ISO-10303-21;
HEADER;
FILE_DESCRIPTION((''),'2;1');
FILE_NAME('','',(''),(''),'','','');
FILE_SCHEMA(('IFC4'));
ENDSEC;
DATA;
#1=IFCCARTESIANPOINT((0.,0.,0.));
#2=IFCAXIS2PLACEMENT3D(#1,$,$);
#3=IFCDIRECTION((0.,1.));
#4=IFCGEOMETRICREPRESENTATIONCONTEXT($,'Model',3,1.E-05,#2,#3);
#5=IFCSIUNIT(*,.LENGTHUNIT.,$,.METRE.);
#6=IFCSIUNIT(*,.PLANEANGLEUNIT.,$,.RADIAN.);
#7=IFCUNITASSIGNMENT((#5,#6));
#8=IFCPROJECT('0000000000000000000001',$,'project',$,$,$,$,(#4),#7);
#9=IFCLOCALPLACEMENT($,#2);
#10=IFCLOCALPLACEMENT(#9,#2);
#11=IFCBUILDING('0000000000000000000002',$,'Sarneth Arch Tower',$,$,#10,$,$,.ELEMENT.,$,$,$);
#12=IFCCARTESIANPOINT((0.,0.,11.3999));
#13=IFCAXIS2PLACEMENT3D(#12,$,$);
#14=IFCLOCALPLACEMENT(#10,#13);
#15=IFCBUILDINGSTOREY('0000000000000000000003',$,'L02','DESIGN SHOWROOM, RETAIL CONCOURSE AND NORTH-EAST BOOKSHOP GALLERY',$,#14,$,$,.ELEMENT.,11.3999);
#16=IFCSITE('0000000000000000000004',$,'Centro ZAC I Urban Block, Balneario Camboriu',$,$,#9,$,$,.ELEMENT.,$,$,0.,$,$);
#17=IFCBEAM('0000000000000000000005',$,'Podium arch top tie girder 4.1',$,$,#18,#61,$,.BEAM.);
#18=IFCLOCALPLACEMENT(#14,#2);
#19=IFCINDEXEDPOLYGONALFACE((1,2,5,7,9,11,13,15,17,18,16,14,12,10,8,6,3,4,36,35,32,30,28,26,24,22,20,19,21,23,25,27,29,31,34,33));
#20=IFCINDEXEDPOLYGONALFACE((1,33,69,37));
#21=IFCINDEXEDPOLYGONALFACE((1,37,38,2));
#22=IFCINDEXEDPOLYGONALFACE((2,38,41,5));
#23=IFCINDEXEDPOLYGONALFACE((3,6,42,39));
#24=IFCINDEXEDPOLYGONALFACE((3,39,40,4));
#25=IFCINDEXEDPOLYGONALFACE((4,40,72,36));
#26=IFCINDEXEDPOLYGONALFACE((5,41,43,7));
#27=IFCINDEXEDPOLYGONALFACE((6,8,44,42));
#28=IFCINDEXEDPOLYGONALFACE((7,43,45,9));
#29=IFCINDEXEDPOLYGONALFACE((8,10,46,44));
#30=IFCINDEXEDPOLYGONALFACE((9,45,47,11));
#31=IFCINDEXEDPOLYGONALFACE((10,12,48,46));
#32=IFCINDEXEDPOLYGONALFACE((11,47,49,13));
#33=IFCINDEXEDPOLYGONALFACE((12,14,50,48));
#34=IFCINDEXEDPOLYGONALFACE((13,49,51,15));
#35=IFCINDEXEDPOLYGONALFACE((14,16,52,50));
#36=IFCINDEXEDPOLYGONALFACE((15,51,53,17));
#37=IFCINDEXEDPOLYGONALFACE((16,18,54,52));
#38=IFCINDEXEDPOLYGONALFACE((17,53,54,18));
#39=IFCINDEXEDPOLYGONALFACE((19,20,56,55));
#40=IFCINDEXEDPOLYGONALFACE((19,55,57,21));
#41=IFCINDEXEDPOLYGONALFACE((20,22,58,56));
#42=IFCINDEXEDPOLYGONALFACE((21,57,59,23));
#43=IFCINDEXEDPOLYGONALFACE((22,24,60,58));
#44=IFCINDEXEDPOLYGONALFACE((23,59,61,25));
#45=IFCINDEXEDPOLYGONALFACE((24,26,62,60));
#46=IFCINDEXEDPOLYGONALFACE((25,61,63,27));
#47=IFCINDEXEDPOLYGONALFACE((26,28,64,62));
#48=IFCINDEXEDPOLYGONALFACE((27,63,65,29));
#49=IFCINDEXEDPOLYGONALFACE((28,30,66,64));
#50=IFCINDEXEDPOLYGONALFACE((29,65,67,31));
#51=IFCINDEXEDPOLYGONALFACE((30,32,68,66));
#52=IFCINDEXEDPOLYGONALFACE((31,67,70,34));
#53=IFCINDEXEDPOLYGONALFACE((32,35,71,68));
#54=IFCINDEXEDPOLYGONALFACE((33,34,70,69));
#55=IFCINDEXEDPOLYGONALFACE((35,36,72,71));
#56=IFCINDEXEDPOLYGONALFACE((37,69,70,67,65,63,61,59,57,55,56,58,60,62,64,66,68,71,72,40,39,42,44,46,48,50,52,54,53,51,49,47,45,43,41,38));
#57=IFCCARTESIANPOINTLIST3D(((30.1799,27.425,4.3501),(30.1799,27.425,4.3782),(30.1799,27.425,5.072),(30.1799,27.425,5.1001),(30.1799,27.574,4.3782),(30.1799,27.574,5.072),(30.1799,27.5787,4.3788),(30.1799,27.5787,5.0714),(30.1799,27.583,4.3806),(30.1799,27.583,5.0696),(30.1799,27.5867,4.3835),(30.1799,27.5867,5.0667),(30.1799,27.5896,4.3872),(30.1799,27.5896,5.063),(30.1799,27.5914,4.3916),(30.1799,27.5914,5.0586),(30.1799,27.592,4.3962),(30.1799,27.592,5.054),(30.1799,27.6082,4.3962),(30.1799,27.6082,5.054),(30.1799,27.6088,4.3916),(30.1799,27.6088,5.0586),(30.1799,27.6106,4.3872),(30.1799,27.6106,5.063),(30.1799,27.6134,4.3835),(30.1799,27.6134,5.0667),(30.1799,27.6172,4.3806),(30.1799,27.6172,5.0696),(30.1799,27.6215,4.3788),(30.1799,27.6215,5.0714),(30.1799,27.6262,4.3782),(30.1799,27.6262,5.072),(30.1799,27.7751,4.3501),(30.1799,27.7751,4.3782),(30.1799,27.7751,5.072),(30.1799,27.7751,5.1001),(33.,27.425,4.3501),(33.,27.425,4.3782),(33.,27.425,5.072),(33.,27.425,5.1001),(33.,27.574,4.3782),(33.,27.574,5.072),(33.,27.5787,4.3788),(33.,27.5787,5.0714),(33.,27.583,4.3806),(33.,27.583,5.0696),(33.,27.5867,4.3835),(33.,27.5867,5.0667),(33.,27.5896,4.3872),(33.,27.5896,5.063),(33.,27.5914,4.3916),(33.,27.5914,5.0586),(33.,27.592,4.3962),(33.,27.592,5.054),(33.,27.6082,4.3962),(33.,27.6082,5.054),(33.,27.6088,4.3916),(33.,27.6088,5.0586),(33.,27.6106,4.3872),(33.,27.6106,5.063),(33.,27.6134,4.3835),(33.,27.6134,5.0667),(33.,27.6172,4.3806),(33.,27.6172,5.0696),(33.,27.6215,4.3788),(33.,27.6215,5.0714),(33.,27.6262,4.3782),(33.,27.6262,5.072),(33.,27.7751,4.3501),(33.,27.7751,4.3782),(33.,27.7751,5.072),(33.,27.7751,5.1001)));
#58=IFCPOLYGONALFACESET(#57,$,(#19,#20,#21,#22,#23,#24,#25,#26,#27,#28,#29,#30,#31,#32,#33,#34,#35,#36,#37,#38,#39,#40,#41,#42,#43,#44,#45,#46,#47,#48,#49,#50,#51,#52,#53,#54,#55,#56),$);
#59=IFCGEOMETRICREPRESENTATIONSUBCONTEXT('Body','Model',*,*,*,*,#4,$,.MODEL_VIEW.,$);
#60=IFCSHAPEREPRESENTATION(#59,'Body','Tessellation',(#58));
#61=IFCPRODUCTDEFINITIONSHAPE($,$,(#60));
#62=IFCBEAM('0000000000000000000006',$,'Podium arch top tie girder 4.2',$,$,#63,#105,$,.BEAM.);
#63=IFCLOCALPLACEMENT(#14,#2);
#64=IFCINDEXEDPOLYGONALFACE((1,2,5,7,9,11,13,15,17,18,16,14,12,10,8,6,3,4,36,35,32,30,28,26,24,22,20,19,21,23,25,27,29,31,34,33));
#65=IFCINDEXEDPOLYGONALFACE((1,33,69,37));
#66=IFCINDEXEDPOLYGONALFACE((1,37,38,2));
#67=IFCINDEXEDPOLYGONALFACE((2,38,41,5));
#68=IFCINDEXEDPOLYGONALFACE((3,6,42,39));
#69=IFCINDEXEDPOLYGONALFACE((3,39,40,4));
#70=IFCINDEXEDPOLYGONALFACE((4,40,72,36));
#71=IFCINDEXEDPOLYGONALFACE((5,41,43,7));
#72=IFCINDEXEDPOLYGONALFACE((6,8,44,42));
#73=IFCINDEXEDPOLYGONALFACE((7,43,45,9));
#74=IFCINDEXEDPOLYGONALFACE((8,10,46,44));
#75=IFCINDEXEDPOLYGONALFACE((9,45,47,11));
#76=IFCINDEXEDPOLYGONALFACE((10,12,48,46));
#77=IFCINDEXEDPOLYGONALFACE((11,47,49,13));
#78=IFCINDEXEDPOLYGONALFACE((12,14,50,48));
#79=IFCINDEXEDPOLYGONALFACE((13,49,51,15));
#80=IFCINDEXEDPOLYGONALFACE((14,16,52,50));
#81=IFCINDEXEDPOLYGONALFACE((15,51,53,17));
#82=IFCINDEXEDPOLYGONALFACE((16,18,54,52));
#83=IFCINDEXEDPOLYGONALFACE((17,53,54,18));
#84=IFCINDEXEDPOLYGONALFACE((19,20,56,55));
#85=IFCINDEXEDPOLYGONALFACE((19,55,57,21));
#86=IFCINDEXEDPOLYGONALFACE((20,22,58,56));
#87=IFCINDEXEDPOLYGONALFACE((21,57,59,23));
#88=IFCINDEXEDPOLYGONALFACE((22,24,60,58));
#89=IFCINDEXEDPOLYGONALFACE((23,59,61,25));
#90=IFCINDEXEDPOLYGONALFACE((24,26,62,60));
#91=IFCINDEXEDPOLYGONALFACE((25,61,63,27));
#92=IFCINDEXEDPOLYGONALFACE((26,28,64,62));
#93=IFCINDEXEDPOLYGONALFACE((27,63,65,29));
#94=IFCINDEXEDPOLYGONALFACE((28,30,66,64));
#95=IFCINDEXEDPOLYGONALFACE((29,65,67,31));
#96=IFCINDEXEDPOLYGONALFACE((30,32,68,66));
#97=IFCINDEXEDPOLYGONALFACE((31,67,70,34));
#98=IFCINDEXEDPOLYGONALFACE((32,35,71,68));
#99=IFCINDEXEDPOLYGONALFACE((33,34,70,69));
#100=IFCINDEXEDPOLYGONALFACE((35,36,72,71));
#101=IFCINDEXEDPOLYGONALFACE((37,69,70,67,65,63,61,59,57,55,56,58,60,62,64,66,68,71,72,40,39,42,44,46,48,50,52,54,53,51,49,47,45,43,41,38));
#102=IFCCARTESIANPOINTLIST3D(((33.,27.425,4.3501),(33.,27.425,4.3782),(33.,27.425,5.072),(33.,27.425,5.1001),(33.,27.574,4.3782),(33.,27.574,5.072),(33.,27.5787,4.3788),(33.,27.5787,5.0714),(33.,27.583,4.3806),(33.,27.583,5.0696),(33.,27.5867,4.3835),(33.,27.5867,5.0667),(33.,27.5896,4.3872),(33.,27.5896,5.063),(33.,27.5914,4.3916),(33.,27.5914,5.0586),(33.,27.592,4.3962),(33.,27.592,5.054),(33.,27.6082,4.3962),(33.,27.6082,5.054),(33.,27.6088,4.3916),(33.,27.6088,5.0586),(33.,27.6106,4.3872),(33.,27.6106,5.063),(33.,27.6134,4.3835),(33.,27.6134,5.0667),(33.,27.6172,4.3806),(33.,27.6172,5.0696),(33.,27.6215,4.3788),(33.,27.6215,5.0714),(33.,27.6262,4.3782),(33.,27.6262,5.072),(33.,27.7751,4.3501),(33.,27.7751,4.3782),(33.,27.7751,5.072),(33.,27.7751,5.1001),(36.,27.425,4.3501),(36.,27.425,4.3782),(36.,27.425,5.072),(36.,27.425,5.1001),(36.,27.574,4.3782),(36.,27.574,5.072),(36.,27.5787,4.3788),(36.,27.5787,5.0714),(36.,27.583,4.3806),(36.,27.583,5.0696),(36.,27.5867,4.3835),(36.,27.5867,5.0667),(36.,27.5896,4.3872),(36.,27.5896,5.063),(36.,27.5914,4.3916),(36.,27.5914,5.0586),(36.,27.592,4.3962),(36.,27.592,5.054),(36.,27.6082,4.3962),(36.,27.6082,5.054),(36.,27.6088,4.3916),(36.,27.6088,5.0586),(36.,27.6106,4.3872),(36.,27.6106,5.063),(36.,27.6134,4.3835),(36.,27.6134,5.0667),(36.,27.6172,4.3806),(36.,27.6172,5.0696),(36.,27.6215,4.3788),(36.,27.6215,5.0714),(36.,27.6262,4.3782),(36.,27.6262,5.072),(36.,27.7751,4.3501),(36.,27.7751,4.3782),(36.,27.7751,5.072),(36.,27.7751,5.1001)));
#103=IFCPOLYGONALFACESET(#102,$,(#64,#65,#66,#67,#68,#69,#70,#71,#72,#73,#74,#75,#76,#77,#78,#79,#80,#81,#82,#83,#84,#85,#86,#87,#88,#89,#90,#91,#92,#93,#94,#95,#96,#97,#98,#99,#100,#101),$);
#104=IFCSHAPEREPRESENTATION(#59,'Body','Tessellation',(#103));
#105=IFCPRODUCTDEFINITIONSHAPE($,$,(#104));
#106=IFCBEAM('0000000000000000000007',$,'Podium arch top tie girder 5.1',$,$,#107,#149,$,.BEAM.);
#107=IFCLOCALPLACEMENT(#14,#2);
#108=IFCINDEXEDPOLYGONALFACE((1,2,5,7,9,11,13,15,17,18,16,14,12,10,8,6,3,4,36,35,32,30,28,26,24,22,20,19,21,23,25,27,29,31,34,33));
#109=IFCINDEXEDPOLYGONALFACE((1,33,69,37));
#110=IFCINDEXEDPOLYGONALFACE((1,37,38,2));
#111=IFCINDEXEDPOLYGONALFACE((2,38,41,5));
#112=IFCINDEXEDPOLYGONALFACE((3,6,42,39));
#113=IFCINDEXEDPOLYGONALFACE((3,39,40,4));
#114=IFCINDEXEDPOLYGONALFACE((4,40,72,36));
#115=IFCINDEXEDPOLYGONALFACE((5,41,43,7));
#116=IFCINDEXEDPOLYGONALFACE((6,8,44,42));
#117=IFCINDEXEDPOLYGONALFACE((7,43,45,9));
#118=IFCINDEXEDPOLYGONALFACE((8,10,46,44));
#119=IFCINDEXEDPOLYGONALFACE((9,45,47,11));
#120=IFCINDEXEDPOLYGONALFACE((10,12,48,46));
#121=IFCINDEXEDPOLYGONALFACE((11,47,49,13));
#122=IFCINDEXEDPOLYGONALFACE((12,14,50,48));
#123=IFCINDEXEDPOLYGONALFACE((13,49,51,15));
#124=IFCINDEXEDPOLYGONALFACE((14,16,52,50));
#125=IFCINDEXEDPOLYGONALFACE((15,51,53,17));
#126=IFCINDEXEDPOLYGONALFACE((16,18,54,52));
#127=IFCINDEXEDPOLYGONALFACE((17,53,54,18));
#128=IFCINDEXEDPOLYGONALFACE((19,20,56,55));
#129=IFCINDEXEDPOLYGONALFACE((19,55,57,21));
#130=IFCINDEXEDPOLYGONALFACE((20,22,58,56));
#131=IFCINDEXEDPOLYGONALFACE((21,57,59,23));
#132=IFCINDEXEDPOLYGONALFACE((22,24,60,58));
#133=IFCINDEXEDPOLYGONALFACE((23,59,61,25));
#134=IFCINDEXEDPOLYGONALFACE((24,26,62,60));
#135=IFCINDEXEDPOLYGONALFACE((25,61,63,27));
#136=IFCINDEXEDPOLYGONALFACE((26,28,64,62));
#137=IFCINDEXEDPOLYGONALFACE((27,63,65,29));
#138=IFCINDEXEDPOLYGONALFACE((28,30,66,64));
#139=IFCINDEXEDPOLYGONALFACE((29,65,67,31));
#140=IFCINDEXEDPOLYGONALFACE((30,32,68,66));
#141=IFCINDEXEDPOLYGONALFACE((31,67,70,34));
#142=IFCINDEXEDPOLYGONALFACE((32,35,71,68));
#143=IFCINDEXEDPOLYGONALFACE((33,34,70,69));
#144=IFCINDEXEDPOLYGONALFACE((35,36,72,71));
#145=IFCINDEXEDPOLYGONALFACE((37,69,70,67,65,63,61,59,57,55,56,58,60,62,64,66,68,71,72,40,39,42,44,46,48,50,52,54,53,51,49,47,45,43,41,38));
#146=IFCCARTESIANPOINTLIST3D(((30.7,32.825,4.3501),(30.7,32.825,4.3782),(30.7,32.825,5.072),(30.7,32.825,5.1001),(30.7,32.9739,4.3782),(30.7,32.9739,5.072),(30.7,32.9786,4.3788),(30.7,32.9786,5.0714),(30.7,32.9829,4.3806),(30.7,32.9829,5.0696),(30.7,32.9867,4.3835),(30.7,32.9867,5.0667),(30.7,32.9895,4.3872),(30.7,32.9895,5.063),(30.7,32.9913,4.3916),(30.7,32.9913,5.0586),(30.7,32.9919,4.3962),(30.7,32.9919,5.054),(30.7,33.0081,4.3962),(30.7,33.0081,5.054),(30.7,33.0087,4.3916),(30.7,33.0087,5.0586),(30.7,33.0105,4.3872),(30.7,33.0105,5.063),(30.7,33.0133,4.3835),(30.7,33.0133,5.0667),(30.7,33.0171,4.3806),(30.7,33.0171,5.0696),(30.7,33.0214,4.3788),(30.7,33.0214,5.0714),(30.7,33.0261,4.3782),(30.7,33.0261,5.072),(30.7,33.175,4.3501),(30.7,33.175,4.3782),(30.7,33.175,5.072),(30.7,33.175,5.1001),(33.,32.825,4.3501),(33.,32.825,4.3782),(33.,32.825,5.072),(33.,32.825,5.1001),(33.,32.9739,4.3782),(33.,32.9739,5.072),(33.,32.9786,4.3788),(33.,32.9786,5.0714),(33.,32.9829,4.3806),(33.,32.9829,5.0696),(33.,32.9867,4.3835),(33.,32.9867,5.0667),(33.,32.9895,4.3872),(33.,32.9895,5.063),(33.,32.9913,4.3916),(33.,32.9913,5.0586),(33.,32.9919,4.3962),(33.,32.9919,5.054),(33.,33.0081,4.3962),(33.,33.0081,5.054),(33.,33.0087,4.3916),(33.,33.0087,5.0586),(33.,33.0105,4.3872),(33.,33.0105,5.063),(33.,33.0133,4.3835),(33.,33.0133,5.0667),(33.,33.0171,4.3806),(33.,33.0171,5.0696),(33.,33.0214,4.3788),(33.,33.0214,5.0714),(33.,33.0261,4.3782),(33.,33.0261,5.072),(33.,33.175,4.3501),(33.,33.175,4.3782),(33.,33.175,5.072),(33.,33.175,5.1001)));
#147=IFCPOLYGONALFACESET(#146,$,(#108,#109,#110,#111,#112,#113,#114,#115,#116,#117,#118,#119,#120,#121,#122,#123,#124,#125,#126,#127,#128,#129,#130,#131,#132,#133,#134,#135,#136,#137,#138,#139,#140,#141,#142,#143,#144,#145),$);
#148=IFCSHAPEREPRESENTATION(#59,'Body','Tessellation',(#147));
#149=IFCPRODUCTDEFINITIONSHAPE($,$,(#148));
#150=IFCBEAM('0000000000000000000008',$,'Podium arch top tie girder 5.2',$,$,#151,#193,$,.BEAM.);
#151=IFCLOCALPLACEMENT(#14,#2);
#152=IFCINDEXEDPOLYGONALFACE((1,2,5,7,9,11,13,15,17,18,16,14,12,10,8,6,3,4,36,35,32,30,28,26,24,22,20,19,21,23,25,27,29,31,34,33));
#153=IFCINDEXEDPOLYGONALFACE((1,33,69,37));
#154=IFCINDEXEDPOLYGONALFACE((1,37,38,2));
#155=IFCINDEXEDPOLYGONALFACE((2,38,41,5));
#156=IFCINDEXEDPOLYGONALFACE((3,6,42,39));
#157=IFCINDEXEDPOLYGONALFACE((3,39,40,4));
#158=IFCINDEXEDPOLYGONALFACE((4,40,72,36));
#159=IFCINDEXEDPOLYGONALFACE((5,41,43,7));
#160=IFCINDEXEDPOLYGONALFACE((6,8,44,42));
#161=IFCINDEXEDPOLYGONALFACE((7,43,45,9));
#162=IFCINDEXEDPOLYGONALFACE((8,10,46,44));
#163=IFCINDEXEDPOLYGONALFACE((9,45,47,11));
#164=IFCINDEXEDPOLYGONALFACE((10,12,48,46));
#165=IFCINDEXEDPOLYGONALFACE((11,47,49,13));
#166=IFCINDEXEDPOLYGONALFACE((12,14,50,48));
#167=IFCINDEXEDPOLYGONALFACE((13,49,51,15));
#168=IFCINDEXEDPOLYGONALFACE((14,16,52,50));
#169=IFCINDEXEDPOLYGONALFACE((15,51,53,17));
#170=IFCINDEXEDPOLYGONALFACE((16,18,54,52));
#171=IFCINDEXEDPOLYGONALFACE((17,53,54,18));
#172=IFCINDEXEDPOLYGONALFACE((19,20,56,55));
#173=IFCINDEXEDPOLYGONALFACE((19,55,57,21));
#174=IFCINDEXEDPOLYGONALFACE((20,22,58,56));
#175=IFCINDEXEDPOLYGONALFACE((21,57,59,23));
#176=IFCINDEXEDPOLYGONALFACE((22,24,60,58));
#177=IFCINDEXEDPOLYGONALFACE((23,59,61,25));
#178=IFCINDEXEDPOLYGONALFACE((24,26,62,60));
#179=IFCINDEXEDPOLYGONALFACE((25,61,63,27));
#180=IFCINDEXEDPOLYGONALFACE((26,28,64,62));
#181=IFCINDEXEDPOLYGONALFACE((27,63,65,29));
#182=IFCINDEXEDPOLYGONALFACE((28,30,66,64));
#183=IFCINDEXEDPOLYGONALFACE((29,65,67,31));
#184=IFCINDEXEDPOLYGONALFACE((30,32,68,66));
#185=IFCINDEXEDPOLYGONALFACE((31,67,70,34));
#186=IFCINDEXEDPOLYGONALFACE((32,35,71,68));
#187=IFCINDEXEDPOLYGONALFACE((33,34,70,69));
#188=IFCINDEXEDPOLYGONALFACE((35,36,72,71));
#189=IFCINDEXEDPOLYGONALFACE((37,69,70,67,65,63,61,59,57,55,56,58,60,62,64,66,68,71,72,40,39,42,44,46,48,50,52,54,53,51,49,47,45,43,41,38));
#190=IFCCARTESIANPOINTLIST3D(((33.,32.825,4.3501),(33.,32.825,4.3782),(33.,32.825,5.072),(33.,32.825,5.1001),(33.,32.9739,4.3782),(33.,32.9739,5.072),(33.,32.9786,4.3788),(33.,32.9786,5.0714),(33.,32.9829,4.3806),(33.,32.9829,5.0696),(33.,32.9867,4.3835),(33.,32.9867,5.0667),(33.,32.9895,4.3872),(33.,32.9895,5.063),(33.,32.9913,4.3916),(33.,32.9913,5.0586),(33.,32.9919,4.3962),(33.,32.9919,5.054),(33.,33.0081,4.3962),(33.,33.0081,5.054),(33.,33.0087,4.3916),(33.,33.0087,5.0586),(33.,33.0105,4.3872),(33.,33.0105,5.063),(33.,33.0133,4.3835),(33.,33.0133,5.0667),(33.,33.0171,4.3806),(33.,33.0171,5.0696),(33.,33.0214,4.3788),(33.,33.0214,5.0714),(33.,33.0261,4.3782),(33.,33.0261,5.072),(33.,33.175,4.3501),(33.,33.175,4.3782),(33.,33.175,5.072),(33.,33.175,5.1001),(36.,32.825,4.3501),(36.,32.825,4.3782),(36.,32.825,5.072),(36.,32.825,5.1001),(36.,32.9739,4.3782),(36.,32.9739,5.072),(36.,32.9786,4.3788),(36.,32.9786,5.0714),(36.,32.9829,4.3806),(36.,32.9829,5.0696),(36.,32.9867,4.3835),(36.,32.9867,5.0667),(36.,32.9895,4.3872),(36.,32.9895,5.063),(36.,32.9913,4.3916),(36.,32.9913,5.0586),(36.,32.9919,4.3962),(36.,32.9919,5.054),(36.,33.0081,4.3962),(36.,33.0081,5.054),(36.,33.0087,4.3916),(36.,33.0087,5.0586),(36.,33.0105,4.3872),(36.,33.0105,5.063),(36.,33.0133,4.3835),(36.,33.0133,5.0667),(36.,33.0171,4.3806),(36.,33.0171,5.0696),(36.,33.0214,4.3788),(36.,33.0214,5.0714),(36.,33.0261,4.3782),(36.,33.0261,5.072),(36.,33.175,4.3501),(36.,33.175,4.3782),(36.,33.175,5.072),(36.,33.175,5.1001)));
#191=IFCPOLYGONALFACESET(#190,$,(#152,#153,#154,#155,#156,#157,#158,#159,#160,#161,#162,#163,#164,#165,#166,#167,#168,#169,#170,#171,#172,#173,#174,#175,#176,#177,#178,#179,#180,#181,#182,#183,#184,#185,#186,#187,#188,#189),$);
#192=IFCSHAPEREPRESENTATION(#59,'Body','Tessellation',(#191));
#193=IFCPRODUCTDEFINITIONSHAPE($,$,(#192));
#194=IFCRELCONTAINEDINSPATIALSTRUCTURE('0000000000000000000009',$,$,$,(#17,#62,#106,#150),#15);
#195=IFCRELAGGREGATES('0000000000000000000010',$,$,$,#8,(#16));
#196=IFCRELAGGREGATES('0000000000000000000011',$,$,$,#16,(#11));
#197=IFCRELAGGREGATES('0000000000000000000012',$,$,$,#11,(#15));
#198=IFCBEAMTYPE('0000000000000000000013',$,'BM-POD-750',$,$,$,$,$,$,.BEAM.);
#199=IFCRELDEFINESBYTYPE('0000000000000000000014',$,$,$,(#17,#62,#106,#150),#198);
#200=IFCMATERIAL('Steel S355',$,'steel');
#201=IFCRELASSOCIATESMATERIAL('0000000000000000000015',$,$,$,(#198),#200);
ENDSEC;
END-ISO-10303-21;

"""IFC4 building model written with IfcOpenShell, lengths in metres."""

from ifc_helpers import new_model, si_unit, direction, frame, origin, origin_2d, place, context, subcontext, project, spatial, i_section, extrude, material, material_profile, profile_set, type_object, element, save


model = new_model("IFC4")

# Units and contexts
model_context = context("Model", 3, precision=1e-05, world=origin(), true_north=direction((0.0, 1.0)))
body_context = subcontext(model_context, "Body", "Model", "MODEL_VIEW")
ifc_project = project(units=[si_unit("LENGTHUNIT", "METRE"), si_unit("PLANEANGLEUNIT", "RADIAN")], contexts=[model_context])

# Site, building, storey
site_placement = place(None, origin())
site = spatial("IfcSite", under=ifc_project, at=site_placement, Name="Centro ZAC I Urban Block, Balneario Camboriu", CompositionType="ELEMENT", RefElevation=0.0)
building_placement = place(site_placement, origin())
building = spatial("IfcBuilding", under=site, at=building_placement, Name="Sarneth Arch Tower", CompositionType="ELEMENT")
storey_placement = place(building_placement, frame((0.0, 0.0, 11.3999)))
storey = spatial("IfcBuildingStorey", under=building, at=storey_placement, Name="L02", Description="DESIGN SHOWROOM, RETAIL CONCOURSE AND NORTH-EAST BOOKSHOP GALLERY", CompositionType="ELEMENT", Elevation=11.3999)

# Beams
ifc_material_1 = material(Name="Steel S355", Category="steel")
ifc_material_profile_1 = material_profile(ifc_material_1, i_section(OverallWidth=0.3501, OverallDepth=0.75, WebThickness=0.0161, FlangeThickness=0.0281, FilletRadius=0.0181, at=origin_2d()), Name="CVS750x268")
ifc_profile_set_1 = profile_set([ifc_material_profile_1], Name="Steel S355")
beam_type_1 = type_object("IfcBeamType", Name="BM-POD-750", PredefinedType="BEAM", material=ifc_profile_set_1)
beam_1_placement = place(storey_placement, frame((30.1799, 27.6001, 4.7251), z_axis=(1.0, 0.0, 0.0), x_axis=(0.0, 1.0, 0.0)))
element("IfcBeam", 1, at=beam_1_placement, inside=storey, type_object=beam_type_1, Name="Podium arch top tie girder 4.1", PredefinedType="BEAM", context=body_context, shape_type="SweptSolid", body=[
    extrude(i_section(OverallWidth=0.3501, OverallDepth=0.75, WebThickness=0.0161, FlangeThickness=0.0281, FilletRadius=0.0181, at=origin_2d()), origin(), (0.0, 0.0, 1.0), 2.8201),
])
beam_2_placement = place(storey_placement, frame((33.0, 27.6001, 4.7251), z_axis=(1.0, 0.0, 0.0), x_axis=(0.0, 1.0, 0.0)))
element("IfcBeam", 2, at=beam_2_placement, inside=storey, type_object=beam_type_1, Name="Podium arch top tie girder 4.2", PredefinedType="BEAM", context=body_context, shape_type="SweptSolid", body=[
    extrude(i_section(OverallWidth=0.3501, OverallDepth=0.75, WebThickness=0.0161, FlangeThickness=0.0281, FilletRadius=0.0181, at=origin_2d()), origin(), (0.0, 0.0, 1.0), 3.0),
])
beam_3_placement = place(storey_placement, frame((30.7, 33.0, 4.7251), z_axis=(1.0, 0.0, 0.0), x_axis=(0.0, 1.0, 0.0)))
element("IfcBeam", 3, at=beam_3_placement, inside=storey, type_object=beam_type_1, Name="Podium arch top tie girder 5.1", PredefinedType="BEAM", context=body_context, shape_type="SweptSolid", body=[
    extrude(i_section(OverallWidth=0.3501, OverallDepth=0.75, WebThickness=0.0161, FlangeThickness=0.0281, FilletRadius=0.0181, at=origin_2d()), origin(), (0.0, 0.0, 1.0), 2.3),
])
beam_4_placement = place(storey_placement, frame((33.0, 33.0, 4.7251), z_axis=(1.0, 0.0, 0.0), x_axis=(0.0, 1.0, 0.0)))
element("IfcBeam", 4, at=beam_4_placement, inside=storey, type_object=beam_type_1, Name="Podium arch top tie girder 5.2", PredefinedType="BEAM", context=body_context, shape_type="SweptSolid", body=[
    extrude(i_section(OverallWidth=0.3501, OverallDepth=0.75, WebThickness=0.0161, FlangeThickness=0.0281, FilletRadius=0.0181, at=origin_2d()), origin(), (0.0, 0.0, 1.0), 3.0),
])

save(model, "model.ifc")
